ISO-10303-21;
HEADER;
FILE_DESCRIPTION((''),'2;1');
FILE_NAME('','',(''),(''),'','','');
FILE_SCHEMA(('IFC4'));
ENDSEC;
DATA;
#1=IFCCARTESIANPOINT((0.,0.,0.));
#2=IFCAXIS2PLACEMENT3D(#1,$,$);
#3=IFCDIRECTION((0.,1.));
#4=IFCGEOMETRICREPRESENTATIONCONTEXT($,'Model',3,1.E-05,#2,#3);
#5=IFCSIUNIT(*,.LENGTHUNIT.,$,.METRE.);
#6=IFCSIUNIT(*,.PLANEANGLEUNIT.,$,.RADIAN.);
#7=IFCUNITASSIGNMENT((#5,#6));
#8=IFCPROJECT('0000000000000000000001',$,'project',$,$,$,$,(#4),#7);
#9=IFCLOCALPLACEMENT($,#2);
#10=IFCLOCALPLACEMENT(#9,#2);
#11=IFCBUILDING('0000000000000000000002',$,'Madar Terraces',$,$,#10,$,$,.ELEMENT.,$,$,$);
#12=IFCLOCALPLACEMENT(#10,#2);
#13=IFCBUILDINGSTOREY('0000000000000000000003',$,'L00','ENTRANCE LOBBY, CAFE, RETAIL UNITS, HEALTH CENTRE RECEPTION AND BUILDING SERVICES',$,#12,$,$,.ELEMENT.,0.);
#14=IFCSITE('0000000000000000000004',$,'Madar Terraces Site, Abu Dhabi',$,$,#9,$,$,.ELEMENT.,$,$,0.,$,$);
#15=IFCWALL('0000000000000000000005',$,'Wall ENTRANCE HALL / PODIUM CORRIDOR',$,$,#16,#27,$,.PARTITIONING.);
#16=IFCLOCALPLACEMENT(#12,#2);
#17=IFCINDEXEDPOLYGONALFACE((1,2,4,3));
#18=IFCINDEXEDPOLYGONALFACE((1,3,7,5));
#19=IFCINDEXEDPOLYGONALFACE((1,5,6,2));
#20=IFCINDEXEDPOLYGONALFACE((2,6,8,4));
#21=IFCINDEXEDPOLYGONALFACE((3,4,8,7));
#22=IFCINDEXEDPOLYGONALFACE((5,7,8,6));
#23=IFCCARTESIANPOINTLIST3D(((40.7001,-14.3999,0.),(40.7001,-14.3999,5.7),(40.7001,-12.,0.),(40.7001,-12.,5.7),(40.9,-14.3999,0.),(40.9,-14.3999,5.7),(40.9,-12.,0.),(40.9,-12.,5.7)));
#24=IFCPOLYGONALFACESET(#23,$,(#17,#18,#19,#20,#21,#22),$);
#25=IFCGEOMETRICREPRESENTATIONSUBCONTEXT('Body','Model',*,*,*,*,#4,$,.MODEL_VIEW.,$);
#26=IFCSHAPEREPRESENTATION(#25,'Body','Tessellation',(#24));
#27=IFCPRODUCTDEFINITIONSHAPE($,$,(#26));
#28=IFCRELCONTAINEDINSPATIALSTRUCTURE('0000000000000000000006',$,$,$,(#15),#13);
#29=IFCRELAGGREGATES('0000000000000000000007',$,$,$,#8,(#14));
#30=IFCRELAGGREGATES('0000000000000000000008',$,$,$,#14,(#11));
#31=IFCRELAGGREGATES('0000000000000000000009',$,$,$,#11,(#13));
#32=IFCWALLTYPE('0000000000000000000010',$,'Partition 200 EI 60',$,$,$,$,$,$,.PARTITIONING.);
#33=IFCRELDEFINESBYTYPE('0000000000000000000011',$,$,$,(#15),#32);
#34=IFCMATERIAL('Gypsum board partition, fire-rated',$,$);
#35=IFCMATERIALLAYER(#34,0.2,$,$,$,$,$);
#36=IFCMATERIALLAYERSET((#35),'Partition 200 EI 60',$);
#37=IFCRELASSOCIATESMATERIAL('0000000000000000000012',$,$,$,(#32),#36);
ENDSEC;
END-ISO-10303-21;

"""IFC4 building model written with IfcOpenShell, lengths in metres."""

from ifc_helpers import new_model, si_unit, direction, frame, frame_2d, origin, place, context, subcontext, project, spatial, rectangle, extrude, material, layer, layer_set, type_object, element, save


model = new_model("IFC4")

# Units and contexts
model_context = context("Model", 3, precision=1e-05, world=origin(), true_north=direction((0.0, 1.0)))
body_context = subcontext(model_context, "Body", "Model", "MODEL_VIEW")
ifc_project = project(units=[si_unit("LENGTHUNIT", "METRE"), si_unit("PLANEANGLEUNIT", "RADIAN")], contexts=[model_context])

# Site, building, storey
site_placement = place(None, origin())
site = spatial("IfcSite", under=ifc_project, at=site_placement, Name="Madar Terraces Site, Abu Dhabi", CompositionType="ELEMENT", RefElevation=0.0)
building_placement = place(site_placement, origin())
building = spatial("IfcBuilding", under=site, at=building_placement, Name="Madar Terraces", CompositionType="ELEMENT")
storey_placement = place(building_placement, origin())
storey = spatial("IfcBuildingStorey", under=building, at=storey_placement, Name="L00", Description="ENTRANCE LOBBY, CAFE, RETAIL UNITS, HEALTH CENTRE RECEPTION AND BUILDING SERVICES", CompositionType="ELEMENT", Elevation=0.0)

# Wall
ifc_material_1 = material(Name="Gypsum board partition, fire-rated")
ifc_layer = layer(ifc_material_1, 0.2)
ifc_layer_set = layer_set([ifc_layer], Name="Partition 200 EI 60")
wall_type = type_object("IfcWallType", Name="Partition 200 EI 60", PredefinedType="PARTITIONING", material=ifc_layer_set)
wall_1_placement = place(storey_placement, frame((40.8, -14.3999, 0.0), z_axis=(0.0, 0.0, 1.0), x_axis=(0.0, 1.0, 0.0)))
element("IfcWall", 1, at=wall_1_placement, inside=storey, type_object=wall_type, Name="Wall ENTRANCE HALL / PODIUM CORRIDOR", PredefinedType="PARTITIONING", context=body_context, shape_type="SweptSolid", body=[
    extrude(rectangle(XDim=2.3999, YDim=0.2, at=frame_2d((1.2, 0.0))), origin(), (0.0, 0.0, 1.0), 5.7),
])

save(model, "model.ifc")
